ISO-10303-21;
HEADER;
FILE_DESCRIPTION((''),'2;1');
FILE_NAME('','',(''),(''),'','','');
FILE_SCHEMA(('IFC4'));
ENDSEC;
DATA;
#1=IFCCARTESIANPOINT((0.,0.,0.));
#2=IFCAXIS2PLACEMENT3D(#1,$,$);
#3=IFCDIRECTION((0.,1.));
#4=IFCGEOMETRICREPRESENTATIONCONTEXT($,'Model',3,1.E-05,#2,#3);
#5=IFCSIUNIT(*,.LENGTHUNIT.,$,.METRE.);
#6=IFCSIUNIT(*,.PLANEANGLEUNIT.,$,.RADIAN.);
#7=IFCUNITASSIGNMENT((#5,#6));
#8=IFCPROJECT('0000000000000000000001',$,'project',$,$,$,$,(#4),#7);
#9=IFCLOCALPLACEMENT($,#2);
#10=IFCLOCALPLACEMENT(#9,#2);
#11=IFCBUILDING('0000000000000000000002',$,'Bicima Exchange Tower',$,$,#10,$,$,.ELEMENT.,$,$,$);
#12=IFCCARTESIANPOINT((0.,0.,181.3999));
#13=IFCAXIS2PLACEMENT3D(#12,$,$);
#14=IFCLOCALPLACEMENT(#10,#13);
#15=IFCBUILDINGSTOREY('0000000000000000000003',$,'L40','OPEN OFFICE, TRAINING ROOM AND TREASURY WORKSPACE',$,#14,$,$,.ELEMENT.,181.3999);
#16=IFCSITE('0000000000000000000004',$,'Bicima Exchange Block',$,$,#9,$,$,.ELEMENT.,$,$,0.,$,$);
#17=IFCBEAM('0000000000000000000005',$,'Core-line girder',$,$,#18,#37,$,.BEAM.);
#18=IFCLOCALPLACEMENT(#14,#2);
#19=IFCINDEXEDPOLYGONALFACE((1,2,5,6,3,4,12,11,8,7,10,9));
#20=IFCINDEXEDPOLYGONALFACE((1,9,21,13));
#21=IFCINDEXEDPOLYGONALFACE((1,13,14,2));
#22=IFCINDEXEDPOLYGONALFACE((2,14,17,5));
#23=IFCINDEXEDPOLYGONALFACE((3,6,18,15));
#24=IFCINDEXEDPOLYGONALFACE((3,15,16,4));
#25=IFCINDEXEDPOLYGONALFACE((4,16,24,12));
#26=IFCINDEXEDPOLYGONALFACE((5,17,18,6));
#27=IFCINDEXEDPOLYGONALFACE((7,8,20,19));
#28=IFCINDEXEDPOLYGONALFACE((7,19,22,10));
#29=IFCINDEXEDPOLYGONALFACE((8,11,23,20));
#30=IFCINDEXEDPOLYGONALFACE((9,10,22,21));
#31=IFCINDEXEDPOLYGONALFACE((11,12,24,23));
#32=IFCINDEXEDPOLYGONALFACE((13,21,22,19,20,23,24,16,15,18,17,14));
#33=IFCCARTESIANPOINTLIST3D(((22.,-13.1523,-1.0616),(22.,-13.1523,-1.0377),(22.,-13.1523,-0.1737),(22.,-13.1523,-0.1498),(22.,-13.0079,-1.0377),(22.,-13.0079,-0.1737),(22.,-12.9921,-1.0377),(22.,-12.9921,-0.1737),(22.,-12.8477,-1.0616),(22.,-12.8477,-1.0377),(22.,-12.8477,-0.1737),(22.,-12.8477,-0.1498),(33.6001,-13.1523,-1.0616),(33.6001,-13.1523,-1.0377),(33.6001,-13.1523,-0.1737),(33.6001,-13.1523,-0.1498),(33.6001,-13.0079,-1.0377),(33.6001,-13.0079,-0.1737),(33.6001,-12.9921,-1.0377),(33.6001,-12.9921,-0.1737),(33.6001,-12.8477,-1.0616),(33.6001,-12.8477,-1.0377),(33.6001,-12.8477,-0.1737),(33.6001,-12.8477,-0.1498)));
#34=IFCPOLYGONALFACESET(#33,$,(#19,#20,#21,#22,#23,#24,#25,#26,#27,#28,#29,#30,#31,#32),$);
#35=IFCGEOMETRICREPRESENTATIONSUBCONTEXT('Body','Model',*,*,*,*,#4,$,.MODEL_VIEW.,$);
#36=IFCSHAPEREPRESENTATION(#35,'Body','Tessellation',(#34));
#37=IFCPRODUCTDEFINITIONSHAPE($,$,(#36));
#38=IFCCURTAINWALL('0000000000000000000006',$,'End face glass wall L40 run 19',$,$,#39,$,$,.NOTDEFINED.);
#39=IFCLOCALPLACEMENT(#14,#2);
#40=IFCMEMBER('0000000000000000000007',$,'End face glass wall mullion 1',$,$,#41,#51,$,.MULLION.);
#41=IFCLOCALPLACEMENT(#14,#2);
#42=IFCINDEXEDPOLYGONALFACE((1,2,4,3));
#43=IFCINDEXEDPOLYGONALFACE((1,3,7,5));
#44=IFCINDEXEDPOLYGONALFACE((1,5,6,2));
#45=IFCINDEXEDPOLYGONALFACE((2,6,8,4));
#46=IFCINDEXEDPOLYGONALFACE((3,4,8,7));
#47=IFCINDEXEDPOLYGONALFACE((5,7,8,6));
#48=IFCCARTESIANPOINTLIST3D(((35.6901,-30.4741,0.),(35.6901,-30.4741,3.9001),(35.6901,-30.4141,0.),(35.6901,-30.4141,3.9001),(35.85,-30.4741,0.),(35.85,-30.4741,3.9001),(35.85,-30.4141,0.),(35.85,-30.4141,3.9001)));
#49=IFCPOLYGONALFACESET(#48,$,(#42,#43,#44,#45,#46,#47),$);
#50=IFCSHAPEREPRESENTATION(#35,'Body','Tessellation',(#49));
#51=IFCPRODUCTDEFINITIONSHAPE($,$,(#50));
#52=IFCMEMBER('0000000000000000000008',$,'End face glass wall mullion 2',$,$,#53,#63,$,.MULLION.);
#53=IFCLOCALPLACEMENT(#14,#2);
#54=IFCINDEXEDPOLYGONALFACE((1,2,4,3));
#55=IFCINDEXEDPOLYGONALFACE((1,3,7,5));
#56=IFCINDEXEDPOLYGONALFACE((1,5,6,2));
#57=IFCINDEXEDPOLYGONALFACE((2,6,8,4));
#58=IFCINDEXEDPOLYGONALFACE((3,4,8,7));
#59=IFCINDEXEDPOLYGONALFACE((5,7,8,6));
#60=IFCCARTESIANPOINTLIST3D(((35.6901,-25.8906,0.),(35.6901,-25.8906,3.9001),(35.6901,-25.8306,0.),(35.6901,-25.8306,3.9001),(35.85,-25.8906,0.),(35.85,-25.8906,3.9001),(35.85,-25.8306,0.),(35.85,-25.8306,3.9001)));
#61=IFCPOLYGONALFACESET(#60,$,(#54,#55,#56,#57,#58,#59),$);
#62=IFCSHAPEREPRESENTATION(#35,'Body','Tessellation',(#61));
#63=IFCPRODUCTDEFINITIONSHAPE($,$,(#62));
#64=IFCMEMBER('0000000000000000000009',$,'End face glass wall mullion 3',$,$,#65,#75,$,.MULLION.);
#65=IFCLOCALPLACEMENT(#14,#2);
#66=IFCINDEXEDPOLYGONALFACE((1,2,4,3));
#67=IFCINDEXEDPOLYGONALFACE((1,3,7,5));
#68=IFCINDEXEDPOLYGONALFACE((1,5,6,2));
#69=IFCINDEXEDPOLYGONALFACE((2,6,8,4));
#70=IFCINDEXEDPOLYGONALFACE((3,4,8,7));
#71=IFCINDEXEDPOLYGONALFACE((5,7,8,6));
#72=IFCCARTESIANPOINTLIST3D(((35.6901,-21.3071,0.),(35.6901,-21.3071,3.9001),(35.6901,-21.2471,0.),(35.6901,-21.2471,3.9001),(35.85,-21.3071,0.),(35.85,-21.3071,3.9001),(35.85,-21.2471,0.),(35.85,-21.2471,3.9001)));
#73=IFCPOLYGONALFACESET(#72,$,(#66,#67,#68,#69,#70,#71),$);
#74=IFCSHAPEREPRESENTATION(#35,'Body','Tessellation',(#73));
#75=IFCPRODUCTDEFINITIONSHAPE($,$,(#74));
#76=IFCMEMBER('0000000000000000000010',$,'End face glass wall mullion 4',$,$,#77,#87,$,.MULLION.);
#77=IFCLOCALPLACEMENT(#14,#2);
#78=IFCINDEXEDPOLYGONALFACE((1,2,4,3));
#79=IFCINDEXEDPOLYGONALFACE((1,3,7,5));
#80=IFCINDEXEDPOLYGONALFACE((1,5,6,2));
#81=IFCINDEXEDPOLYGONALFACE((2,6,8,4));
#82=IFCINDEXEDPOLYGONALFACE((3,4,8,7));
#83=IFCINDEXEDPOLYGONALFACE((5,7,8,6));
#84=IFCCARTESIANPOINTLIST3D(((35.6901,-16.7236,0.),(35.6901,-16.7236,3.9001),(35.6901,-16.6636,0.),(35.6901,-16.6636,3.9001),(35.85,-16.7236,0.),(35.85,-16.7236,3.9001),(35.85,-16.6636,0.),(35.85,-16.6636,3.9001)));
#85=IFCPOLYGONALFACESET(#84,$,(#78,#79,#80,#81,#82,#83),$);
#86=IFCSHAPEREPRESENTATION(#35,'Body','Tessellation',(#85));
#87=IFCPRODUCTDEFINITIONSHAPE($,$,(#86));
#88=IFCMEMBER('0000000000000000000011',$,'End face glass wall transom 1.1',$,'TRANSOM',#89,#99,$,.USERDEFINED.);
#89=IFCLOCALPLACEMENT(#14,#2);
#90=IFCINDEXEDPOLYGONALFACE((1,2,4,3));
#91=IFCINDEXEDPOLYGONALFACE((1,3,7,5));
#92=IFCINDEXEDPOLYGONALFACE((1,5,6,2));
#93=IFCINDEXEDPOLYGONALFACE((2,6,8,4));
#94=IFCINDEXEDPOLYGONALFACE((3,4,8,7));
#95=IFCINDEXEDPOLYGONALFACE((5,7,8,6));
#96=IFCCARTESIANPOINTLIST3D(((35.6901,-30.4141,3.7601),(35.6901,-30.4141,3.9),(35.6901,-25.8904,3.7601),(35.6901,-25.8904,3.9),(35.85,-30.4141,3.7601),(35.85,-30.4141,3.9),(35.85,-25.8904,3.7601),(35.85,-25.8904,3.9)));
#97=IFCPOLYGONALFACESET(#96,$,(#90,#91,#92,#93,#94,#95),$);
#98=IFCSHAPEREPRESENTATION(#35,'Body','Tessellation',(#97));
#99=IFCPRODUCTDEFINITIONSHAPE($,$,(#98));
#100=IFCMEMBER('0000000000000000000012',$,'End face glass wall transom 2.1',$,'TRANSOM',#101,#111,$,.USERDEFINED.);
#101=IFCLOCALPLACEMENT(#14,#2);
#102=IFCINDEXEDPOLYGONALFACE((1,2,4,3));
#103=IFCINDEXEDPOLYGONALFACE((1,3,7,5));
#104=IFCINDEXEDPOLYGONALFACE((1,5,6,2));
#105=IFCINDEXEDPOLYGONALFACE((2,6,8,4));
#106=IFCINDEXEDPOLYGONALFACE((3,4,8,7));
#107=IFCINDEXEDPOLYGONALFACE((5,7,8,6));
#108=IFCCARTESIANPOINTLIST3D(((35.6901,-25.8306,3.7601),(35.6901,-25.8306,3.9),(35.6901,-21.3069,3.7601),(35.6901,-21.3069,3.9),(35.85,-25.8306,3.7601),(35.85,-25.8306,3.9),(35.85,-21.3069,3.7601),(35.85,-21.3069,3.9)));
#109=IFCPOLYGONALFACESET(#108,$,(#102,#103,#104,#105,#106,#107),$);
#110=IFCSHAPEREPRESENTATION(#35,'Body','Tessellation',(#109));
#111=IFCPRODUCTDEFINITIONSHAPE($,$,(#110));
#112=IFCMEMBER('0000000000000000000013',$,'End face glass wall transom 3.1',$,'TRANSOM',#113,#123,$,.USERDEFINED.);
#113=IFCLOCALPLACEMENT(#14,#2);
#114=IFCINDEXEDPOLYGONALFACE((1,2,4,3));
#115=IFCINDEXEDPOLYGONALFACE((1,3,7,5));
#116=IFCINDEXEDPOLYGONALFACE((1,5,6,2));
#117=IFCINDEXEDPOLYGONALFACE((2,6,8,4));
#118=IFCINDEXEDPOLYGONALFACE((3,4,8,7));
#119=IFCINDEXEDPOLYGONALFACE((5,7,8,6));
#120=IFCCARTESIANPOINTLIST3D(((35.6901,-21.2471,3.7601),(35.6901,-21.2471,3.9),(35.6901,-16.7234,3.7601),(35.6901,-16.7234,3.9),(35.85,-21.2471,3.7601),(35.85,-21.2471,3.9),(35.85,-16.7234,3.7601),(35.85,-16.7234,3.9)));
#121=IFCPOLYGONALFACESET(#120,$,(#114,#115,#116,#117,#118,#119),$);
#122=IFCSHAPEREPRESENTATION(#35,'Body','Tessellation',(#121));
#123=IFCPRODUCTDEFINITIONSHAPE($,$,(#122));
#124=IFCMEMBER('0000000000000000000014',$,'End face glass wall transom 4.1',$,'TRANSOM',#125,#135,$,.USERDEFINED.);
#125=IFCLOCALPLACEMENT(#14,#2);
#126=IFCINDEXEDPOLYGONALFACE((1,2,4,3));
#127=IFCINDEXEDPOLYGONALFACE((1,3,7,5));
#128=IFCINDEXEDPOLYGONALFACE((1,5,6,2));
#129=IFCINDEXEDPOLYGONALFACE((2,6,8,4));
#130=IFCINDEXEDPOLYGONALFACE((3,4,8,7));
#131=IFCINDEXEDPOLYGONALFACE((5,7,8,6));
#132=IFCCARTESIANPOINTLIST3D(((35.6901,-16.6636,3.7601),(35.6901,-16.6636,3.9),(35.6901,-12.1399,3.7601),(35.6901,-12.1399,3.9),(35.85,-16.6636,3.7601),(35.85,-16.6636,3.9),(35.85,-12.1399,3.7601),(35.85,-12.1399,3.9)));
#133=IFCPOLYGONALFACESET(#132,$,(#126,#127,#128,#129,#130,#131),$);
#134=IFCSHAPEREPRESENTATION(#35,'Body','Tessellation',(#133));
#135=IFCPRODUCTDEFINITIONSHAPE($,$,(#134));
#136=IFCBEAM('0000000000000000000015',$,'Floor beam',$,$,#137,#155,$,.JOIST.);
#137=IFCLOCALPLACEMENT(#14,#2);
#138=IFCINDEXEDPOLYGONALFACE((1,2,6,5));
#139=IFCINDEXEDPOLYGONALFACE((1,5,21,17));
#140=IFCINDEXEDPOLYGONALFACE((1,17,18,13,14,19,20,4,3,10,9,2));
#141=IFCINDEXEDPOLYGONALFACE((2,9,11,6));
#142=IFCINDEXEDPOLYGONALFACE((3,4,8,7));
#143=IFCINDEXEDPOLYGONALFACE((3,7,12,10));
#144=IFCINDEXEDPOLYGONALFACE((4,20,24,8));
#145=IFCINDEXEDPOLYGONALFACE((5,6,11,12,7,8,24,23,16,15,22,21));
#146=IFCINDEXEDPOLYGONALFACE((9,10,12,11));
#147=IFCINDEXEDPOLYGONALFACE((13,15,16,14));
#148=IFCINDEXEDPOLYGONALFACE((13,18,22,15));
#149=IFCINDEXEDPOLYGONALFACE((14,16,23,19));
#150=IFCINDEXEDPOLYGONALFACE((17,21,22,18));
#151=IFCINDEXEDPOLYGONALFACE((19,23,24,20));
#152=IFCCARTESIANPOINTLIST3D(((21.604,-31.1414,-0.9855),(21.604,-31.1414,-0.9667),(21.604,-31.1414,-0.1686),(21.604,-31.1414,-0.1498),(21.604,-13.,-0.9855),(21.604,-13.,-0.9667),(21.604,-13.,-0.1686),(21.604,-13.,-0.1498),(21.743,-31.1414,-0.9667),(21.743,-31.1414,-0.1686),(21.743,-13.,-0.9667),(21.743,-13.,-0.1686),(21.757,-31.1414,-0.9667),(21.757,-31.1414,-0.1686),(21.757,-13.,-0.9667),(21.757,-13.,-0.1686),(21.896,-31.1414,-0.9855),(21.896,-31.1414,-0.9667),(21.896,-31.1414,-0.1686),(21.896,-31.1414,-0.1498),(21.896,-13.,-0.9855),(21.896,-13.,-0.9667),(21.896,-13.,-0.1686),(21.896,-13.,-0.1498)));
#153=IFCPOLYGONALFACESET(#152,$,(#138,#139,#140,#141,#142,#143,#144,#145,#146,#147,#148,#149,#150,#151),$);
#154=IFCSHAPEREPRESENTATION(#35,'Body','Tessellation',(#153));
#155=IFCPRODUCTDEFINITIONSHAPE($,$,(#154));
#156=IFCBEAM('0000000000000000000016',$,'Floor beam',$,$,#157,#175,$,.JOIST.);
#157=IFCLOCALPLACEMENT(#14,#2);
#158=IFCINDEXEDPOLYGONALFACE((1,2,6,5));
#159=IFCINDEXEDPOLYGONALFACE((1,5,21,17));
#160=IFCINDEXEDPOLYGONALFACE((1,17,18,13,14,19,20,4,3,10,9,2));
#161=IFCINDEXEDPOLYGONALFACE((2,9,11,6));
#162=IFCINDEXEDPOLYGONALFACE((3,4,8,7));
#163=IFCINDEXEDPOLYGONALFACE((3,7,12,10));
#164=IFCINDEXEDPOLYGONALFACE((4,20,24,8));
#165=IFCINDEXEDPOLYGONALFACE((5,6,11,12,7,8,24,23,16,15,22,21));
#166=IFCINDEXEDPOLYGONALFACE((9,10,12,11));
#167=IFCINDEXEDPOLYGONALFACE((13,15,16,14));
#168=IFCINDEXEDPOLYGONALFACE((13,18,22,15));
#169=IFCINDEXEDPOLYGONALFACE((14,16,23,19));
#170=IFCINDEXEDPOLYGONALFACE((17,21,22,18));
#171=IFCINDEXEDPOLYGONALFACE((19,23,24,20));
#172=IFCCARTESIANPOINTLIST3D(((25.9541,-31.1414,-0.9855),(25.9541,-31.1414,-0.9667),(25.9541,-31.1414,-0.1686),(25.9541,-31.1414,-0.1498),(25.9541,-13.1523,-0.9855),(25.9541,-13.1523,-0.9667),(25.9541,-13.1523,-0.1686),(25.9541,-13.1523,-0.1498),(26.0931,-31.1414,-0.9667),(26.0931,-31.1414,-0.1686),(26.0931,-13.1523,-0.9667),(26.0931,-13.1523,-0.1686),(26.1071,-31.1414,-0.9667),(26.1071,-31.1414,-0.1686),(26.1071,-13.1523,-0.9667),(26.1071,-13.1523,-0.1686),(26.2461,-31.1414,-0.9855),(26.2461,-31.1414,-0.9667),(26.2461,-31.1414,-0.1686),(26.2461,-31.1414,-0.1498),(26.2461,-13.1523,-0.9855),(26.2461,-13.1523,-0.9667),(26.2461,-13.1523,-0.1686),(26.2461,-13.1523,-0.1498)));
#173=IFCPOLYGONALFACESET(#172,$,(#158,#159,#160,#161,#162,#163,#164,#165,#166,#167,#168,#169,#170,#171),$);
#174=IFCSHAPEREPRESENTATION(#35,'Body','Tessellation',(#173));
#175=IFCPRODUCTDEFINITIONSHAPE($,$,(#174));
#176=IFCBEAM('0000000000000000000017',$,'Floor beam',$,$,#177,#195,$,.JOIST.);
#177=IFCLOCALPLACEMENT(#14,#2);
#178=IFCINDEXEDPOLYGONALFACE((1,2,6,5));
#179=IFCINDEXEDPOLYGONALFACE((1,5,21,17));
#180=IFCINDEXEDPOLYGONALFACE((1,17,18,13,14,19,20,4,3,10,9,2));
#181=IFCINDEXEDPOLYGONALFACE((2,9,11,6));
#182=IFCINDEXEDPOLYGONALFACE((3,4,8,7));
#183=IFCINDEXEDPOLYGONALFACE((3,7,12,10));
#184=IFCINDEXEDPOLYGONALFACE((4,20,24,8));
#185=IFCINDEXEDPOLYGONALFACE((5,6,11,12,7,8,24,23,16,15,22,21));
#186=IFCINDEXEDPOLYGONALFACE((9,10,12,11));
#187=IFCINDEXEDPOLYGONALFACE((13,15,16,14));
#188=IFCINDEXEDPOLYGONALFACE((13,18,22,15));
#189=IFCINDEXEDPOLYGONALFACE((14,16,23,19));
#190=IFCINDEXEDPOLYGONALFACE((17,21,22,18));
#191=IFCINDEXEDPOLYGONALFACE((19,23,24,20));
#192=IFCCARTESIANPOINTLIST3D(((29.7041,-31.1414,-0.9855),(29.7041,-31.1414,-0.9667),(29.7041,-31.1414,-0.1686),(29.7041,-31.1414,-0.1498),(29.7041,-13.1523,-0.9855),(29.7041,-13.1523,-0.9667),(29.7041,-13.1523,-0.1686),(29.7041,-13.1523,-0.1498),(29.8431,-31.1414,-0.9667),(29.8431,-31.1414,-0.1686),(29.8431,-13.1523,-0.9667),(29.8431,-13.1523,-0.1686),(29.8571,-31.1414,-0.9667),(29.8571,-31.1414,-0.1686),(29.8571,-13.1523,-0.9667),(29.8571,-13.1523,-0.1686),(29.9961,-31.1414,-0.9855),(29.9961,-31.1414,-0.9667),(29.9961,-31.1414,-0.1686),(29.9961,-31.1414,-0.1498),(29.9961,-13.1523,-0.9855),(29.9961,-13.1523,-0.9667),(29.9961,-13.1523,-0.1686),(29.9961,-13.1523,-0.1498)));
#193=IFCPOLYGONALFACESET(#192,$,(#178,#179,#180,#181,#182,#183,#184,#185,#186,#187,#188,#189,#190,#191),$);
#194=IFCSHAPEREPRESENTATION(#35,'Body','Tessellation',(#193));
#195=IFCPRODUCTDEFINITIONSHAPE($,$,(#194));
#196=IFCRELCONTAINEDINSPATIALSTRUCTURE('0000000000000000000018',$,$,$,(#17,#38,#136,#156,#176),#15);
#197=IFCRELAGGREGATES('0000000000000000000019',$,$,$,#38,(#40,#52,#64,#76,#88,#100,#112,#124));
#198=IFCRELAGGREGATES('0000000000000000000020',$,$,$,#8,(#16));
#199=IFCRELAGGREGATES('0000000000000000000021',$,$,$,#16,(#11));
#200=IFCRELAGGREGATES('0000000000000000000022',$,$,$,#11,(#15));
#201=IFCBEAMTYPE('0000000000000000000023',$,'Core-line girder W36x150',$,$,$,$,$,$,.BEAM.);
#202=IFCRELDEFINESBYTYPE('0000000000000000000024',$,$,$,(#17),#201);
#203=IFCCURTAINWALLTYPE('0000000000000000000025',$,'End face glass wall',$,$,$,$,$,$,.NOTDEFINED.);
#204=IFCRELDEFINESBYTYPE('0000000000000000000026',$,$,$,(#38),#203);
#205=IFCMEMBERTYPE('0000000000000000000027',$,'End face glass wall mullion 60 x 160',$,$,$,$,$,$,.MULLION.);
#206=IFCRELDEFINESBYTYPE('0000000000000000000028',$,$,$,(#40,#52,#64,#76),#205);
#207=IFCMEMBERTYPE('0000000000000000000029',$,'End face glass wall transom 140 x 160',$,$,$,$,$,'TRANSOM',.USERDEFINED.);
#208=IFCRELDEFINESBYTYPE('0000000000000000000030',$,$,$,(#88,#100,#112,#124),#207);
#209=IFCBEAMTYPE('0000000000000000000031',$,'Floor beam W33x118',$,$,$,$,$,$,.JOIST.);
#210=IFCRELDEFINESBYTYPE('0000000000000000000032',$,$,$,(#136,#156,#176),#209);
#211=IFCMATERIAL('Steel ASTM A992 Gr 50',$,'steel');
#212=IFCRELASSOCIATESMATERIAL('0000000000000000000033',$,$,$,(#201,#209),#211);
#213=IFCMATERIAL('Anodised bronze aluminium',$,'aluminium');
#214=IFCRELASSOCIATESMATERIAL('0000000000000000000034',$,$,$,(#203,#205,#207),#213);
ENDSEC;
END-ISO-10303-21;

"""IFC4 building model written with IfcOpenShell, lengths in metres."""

from ifc_helpers import new_model, si_unit, direction, frame, origin, origin_2d, place, context, subcontext, project, spatial, rectangle, i_section, extrude, material, material_profile, profile_set, type_object, element, aggregate, save


model = new_model("IFC4")

# Units and contexts
model_context = context("Model", 3, precision=1e-05, world=origin(), true_north=direction((0.0, 1.0)))
body_context = subcontext(model_context, "Body", "Model", "MODEL_VIEW")
ifc_project = project(units=[si_unit("LENGTHUNIT", "METRE"), si_unit("PLANEANGLEUNIT", "RADIAN")], contexts=[model_context])

# Site, building, storey
site_placement = place(None, origin())
site = spatial("IfcSite", under=ifc_project, at=site_placement, Name="Bicima Exchange Block", CompositionType="ELEMENT", RefElevation=0.0)
building_placement = place(site_placement, origin())
building = spatial("IfcBuilding", under=site, at=building_placement, Name="Bicima Exchange Tower", CompositionType="ELEMENT")
storey_placement = place(building_placement, frame((0.0, 0.0, 181.3999)))
storey = spatial("IfcBuildingStorey", under=building, at=storey_placement, Name="L40", Description="OPEN OFFICE, TRAINING ROOM AND TREASURY WORKSPACE", CompositionType="ELEMENT", Elevation=181.3999)

# Beam
ifc_material_1 = material(Name="Steel ASTM A992 Gr 50", Category="steel")
ifc_material_profile_1 = material_profile(ifc_material_1, i_section(OverallWidth=0.3047, OverallDepth=0.9119, WebThickness=0.0159, FlangeThickness=0.0239, at=origin_2d()))
ifc_profile_set_1 = profile_set([ifc_material_profile_1], Name="Steel ASTM A992 Gr 50")
beam_type_1 = type_object("IfcBeamType", Name="Core-line girder W36x150", PredefinedType="BEAM", material=ifc_profile_set_1)
beam_1_placement = place(storey_placement, frame((22.0, -13.0, -0.6057), z_axis=(1.0, 0.0, 0.0), x_axis=(0.0, 1.0, 0.0)))
element("IfcBeam", 1, at=beam_1_placement, inside=storey, type_object=beam_type_1, Name="Core-line girder", PredefinedType="BEAM", context=body_context, shape_type="SweptSolid", body=[
    extrude(i_section(OverallWidth=0.3047, OverallDepth=0.9119, WebThickness=0.0159, FlangeThickness=0.0239, at=origin_2d()), origin(), (0.0, 0.0, 1.0), 11.6001),
])

# Curtain wall, members
ifc_material_2 = material(Name="Anodised bronze aluminium", Category="aluminium")
curtain_wall_type_1 = type_object("IfcCurtainWallType", Name="End face glass wall", PredefinedType="NOTDEFINED", material=ifc_material_2)
curtain_wall_1_placement = place(storey_placement, origin())
curtain_wall_1 = element("IfcCurtainWall", 2, at=curtain_wall_1_placement, inside=storey, type_object=curtain_wall_type_1, Name="End face glass wall L40 run 19", PredefinedType="NOTDEFINED")
ifc_material_profile_2 = material_profile(ifc_material_2, rectangle(XDim=0.1599, YDim=0.0601, at=origin_2d()))
ifc_profile_set_2 = profile_set([ifc_material_profile_2], Name="Anodised bronze aluminium")
member_type_1 = type_object("IfcMemberType", Name="End face glass wall mullion 60 x 160", PredefinedType="MULLION", material=ifc_profile_set_2)
member_1_placement = place(storey_placement, frame((35.77, -30.4441, 0.0), z_axis=(0.0, 0.0, 1.0), x_axis=(-1.0, 0.0, 0.0)))
member_1 = element("IfcMember", 3, at=member_1_placement, type_object=member_type_1, Name="End face glass wall mullion 1", PredefinedType="MULLION", context=body_context, shape_type="SweptSolid", body=[
    extrude(rectangle(XDim=0.1599, YDim=0.0601, at=origin_2d()), origin(), (0.0, 0.0, 1.0), 3.9001),
])
member_2_placement = place(storey_placement, frame((35.77, -25.8606, 0.0), z_axis=(0.0, 0.0, 1.0), x_axis=(-1.0, 0.0, 0.0)))
member_2 = element("IfcMember", 4, at=member_2_placement, type_object=member_type_1, Name="End face glass wall mullion 2", PredefinedType="MULLION", context=body_context, shape_type="SweptSolid", body=[
    extrude(rectangle(XDim=0.1599, YDim=0.0601, at=origin_2d()), origin(), (0.0, 0.0, 1.0), 3.9001),
])
member_3_placement = place(storey_placement, frame((35.77, -21.2771, 0.0), z_axis=(0.0, 0.0, 1.0), x_axis=(-1.0, 0.0, 0.0)))
member_3 = element("IfcMember", 5, at=member_3_placement, type_object=member_type_1, Name="End face glass wall mullion 3", PredefinedType="MULLION", context=body_context, shape_type="SweptSolid", body=[
    extrude(rectangle(XDim=0.1599, YDim=0.0601, at=origin_2d()), origin(), (0.0, 0.0, 1.0), 3.9001),
])
member_4_placement = place(storey_placement, frame((35.77, -16.6936, 0.0), z_axis=(0.0, 0.0, 1.0), x_axis=(-1.0, 0.0, 0.0)))
member_4 = element("IfcMember", 6, at=member_4_placement, type_object=member_type_1, Name="End face glass wall mullion 4", PredefinedType="MULLION", context=body_context, shape_type="SweptSolid", body=[
    extrude(rectangle(XDim=0.1599, YDim=0.0601, at=origin_2d()), origin(), (0.0, 0.0, 1.0), 3.9001),
])
ifc_material_profile_3 = material_profile(ifc_material_2, rectangle(XDim=0.1599, YDim=0.1399, at=origin_2d()))
ifc_profile_set_3 = profile_set([ifc_material_profile_3], Name="Anodised bronze aluminium")
member_type_2 = type_object("IfcMemberType", Name="End face glass wall transom 140 x 160", ElementType="TRANSOM", PredefinedType="USERDEFINED", material=ifc_profile_set_3)
member_5_placement = place(storey_placement, frame((35.77, -30.4141, 3.8301), z_axis=(0.0, 1.0, 0.0), x_axis=(-1.0, 0.0, 0.0)))
member_5 = element("IfcMember", 7, at=member_5_placement, type_object=member_type_2, Name="End face glass wall transom 1.1", ObjectType="TRANSOM", PredefinedType="USERDEFINED", context=body_context, shape_type="SweptSolid", body=[
    extrude(rectangle(XDim=0.1599, YDim=0.1399, at=origin_2d()), origin(), (0.0, 0.0, 1.0), 4.5237),
])
member_6_placement = place(storey_placement, frame((35.77, -25.8306, 3.8301), z_axis=(0.0, 1.0, 0.0), x_axis=(-1.0, 0.0, 0.0)))
member_6 = element("IfcMember", 8, at=member_6_placement, type_object=member_type_2, Name="End face glass wall transom 2.1", ObjectType="TRANSOM", PredefinedType="USERDEFINED", context=body_context, shape_type="SweptSolid", body=[
    extrude(rectangle(XDim=0.1599, YDim=0.1399, at=origin_2d()), origin(), (0.0, 0.0, 1.0), 4.5237),
])
member_7_placement = place(storey_placement, frame((35.77, -21.2471, 3.8301), z_axis=(0.0, 1.0, 0.0), x_axis=(-1.0, 0.0, 0.0)))
member_7 = element("IfcMember", 9, at=member_7_placement, type_object=member_type_2, Name="End face glass wall transom 3.1", ObjectType="TRANSOM", PredefinedType="USERDEFINED", context=body_context, shape_type="SweptSolid", body=[
    extrude(rectangle(XDim=0.1599, YDim=0.1399, at=origin_2d()), origin(), (0.0, 0.0, 1.0), 4.5237),
])
member_8_placement = place(storey_placement, frame((35.77, -16.6636, 3.8301), z_axis=(0.0, 1.0, 0.0), x_axis=(-1.0, 0.0, 0.0)))
member_8 = element("IfcMember", 10, at=member_8_placement, type_object=member_type_2, Name="End face glass wall transom 4.1", ObjectType="TRANSOM", PredefinedType="USERDEFINED", context=body_context, shape_type="SweptSolid", body=[
    extrude(rectangle(XDim=0.1599, YDim=0.1399, at=origin_2d()), origin(), (0.0, 0.0, 1.0), 4.5237),
])

# Beams
ifc_material_profile_4 = material_profile(ifc_material_1, i_section(OverallWidth=0.292, OverallDepth=0.8357, WebThickness=0.0139, FlangeThickness=0.0188, at=origin_2d()))
ifc_profile_set_4 = profile_set([ifc_material_profile_4], Name="Steel ASTM A992 Gr 50")
beam_type_2 = type_object("IfcBeamType", Name="Floor beam W33x118", PredefinedType="JOIST", material=ifc_profile_set_4)
beam_2_placement = place(storey_placement, frame((21.75, -13.0, -0.5676), z_axis=(0.0, -1.0, 0.0), x_axis=(1.0, 0.0, 0.0)))
element("IfcBeam", 11, at=beam_2_placement, inside=storey, type_object=beam_type_2, Name="Floor beam", PredefinedType="JOIST", context=body_context, shape_type="SweptSolid", body=[
    extrude(i_section(OverallWidth=0.292, OverallDepth=0.8357, WebThickness=0.0139, FlangeThickness=0.0188, at=origin_2d()), origin(), (0.0, 0.0, 1.0), 18.1414),
])
for number, where, z_axis, x_axis, name in (
    (12, (26.1001, -13.1523, -0.5676), (0.0, -1.0, 0.0), (1.0, 0.0, 0.0), "Floor beam"),
    (13, (29.8501, -13.1523, -0.5676), (0.0, -1.0, 0.0), (1.0, 0.0, 0.0), "Floor beam"),
):
    element("IfcBeam", number, at=place(storey_placement, frame(where, z_axis=z_axis, x_axis=x_axis)), inside=storey, type_object=beam_type_2, Name=name, PredefinedType="JOIST", context=body_context, shape_type="SweptSolid", body=[
        extrude(i_section(OverallWidth=0.292, OverallDepth=0.8357, WebThickness=0.0139, FlangeThickness=0.0188, at=origin_2d()), origin(), (0.0, 0.0, 1.0), 17.989),
    ])

aggregate(curtain_wall_1, [member_1, member_2, member_3, member_4, member_5, member_6, member_7, member_8])

save(model, "model.ifc")
